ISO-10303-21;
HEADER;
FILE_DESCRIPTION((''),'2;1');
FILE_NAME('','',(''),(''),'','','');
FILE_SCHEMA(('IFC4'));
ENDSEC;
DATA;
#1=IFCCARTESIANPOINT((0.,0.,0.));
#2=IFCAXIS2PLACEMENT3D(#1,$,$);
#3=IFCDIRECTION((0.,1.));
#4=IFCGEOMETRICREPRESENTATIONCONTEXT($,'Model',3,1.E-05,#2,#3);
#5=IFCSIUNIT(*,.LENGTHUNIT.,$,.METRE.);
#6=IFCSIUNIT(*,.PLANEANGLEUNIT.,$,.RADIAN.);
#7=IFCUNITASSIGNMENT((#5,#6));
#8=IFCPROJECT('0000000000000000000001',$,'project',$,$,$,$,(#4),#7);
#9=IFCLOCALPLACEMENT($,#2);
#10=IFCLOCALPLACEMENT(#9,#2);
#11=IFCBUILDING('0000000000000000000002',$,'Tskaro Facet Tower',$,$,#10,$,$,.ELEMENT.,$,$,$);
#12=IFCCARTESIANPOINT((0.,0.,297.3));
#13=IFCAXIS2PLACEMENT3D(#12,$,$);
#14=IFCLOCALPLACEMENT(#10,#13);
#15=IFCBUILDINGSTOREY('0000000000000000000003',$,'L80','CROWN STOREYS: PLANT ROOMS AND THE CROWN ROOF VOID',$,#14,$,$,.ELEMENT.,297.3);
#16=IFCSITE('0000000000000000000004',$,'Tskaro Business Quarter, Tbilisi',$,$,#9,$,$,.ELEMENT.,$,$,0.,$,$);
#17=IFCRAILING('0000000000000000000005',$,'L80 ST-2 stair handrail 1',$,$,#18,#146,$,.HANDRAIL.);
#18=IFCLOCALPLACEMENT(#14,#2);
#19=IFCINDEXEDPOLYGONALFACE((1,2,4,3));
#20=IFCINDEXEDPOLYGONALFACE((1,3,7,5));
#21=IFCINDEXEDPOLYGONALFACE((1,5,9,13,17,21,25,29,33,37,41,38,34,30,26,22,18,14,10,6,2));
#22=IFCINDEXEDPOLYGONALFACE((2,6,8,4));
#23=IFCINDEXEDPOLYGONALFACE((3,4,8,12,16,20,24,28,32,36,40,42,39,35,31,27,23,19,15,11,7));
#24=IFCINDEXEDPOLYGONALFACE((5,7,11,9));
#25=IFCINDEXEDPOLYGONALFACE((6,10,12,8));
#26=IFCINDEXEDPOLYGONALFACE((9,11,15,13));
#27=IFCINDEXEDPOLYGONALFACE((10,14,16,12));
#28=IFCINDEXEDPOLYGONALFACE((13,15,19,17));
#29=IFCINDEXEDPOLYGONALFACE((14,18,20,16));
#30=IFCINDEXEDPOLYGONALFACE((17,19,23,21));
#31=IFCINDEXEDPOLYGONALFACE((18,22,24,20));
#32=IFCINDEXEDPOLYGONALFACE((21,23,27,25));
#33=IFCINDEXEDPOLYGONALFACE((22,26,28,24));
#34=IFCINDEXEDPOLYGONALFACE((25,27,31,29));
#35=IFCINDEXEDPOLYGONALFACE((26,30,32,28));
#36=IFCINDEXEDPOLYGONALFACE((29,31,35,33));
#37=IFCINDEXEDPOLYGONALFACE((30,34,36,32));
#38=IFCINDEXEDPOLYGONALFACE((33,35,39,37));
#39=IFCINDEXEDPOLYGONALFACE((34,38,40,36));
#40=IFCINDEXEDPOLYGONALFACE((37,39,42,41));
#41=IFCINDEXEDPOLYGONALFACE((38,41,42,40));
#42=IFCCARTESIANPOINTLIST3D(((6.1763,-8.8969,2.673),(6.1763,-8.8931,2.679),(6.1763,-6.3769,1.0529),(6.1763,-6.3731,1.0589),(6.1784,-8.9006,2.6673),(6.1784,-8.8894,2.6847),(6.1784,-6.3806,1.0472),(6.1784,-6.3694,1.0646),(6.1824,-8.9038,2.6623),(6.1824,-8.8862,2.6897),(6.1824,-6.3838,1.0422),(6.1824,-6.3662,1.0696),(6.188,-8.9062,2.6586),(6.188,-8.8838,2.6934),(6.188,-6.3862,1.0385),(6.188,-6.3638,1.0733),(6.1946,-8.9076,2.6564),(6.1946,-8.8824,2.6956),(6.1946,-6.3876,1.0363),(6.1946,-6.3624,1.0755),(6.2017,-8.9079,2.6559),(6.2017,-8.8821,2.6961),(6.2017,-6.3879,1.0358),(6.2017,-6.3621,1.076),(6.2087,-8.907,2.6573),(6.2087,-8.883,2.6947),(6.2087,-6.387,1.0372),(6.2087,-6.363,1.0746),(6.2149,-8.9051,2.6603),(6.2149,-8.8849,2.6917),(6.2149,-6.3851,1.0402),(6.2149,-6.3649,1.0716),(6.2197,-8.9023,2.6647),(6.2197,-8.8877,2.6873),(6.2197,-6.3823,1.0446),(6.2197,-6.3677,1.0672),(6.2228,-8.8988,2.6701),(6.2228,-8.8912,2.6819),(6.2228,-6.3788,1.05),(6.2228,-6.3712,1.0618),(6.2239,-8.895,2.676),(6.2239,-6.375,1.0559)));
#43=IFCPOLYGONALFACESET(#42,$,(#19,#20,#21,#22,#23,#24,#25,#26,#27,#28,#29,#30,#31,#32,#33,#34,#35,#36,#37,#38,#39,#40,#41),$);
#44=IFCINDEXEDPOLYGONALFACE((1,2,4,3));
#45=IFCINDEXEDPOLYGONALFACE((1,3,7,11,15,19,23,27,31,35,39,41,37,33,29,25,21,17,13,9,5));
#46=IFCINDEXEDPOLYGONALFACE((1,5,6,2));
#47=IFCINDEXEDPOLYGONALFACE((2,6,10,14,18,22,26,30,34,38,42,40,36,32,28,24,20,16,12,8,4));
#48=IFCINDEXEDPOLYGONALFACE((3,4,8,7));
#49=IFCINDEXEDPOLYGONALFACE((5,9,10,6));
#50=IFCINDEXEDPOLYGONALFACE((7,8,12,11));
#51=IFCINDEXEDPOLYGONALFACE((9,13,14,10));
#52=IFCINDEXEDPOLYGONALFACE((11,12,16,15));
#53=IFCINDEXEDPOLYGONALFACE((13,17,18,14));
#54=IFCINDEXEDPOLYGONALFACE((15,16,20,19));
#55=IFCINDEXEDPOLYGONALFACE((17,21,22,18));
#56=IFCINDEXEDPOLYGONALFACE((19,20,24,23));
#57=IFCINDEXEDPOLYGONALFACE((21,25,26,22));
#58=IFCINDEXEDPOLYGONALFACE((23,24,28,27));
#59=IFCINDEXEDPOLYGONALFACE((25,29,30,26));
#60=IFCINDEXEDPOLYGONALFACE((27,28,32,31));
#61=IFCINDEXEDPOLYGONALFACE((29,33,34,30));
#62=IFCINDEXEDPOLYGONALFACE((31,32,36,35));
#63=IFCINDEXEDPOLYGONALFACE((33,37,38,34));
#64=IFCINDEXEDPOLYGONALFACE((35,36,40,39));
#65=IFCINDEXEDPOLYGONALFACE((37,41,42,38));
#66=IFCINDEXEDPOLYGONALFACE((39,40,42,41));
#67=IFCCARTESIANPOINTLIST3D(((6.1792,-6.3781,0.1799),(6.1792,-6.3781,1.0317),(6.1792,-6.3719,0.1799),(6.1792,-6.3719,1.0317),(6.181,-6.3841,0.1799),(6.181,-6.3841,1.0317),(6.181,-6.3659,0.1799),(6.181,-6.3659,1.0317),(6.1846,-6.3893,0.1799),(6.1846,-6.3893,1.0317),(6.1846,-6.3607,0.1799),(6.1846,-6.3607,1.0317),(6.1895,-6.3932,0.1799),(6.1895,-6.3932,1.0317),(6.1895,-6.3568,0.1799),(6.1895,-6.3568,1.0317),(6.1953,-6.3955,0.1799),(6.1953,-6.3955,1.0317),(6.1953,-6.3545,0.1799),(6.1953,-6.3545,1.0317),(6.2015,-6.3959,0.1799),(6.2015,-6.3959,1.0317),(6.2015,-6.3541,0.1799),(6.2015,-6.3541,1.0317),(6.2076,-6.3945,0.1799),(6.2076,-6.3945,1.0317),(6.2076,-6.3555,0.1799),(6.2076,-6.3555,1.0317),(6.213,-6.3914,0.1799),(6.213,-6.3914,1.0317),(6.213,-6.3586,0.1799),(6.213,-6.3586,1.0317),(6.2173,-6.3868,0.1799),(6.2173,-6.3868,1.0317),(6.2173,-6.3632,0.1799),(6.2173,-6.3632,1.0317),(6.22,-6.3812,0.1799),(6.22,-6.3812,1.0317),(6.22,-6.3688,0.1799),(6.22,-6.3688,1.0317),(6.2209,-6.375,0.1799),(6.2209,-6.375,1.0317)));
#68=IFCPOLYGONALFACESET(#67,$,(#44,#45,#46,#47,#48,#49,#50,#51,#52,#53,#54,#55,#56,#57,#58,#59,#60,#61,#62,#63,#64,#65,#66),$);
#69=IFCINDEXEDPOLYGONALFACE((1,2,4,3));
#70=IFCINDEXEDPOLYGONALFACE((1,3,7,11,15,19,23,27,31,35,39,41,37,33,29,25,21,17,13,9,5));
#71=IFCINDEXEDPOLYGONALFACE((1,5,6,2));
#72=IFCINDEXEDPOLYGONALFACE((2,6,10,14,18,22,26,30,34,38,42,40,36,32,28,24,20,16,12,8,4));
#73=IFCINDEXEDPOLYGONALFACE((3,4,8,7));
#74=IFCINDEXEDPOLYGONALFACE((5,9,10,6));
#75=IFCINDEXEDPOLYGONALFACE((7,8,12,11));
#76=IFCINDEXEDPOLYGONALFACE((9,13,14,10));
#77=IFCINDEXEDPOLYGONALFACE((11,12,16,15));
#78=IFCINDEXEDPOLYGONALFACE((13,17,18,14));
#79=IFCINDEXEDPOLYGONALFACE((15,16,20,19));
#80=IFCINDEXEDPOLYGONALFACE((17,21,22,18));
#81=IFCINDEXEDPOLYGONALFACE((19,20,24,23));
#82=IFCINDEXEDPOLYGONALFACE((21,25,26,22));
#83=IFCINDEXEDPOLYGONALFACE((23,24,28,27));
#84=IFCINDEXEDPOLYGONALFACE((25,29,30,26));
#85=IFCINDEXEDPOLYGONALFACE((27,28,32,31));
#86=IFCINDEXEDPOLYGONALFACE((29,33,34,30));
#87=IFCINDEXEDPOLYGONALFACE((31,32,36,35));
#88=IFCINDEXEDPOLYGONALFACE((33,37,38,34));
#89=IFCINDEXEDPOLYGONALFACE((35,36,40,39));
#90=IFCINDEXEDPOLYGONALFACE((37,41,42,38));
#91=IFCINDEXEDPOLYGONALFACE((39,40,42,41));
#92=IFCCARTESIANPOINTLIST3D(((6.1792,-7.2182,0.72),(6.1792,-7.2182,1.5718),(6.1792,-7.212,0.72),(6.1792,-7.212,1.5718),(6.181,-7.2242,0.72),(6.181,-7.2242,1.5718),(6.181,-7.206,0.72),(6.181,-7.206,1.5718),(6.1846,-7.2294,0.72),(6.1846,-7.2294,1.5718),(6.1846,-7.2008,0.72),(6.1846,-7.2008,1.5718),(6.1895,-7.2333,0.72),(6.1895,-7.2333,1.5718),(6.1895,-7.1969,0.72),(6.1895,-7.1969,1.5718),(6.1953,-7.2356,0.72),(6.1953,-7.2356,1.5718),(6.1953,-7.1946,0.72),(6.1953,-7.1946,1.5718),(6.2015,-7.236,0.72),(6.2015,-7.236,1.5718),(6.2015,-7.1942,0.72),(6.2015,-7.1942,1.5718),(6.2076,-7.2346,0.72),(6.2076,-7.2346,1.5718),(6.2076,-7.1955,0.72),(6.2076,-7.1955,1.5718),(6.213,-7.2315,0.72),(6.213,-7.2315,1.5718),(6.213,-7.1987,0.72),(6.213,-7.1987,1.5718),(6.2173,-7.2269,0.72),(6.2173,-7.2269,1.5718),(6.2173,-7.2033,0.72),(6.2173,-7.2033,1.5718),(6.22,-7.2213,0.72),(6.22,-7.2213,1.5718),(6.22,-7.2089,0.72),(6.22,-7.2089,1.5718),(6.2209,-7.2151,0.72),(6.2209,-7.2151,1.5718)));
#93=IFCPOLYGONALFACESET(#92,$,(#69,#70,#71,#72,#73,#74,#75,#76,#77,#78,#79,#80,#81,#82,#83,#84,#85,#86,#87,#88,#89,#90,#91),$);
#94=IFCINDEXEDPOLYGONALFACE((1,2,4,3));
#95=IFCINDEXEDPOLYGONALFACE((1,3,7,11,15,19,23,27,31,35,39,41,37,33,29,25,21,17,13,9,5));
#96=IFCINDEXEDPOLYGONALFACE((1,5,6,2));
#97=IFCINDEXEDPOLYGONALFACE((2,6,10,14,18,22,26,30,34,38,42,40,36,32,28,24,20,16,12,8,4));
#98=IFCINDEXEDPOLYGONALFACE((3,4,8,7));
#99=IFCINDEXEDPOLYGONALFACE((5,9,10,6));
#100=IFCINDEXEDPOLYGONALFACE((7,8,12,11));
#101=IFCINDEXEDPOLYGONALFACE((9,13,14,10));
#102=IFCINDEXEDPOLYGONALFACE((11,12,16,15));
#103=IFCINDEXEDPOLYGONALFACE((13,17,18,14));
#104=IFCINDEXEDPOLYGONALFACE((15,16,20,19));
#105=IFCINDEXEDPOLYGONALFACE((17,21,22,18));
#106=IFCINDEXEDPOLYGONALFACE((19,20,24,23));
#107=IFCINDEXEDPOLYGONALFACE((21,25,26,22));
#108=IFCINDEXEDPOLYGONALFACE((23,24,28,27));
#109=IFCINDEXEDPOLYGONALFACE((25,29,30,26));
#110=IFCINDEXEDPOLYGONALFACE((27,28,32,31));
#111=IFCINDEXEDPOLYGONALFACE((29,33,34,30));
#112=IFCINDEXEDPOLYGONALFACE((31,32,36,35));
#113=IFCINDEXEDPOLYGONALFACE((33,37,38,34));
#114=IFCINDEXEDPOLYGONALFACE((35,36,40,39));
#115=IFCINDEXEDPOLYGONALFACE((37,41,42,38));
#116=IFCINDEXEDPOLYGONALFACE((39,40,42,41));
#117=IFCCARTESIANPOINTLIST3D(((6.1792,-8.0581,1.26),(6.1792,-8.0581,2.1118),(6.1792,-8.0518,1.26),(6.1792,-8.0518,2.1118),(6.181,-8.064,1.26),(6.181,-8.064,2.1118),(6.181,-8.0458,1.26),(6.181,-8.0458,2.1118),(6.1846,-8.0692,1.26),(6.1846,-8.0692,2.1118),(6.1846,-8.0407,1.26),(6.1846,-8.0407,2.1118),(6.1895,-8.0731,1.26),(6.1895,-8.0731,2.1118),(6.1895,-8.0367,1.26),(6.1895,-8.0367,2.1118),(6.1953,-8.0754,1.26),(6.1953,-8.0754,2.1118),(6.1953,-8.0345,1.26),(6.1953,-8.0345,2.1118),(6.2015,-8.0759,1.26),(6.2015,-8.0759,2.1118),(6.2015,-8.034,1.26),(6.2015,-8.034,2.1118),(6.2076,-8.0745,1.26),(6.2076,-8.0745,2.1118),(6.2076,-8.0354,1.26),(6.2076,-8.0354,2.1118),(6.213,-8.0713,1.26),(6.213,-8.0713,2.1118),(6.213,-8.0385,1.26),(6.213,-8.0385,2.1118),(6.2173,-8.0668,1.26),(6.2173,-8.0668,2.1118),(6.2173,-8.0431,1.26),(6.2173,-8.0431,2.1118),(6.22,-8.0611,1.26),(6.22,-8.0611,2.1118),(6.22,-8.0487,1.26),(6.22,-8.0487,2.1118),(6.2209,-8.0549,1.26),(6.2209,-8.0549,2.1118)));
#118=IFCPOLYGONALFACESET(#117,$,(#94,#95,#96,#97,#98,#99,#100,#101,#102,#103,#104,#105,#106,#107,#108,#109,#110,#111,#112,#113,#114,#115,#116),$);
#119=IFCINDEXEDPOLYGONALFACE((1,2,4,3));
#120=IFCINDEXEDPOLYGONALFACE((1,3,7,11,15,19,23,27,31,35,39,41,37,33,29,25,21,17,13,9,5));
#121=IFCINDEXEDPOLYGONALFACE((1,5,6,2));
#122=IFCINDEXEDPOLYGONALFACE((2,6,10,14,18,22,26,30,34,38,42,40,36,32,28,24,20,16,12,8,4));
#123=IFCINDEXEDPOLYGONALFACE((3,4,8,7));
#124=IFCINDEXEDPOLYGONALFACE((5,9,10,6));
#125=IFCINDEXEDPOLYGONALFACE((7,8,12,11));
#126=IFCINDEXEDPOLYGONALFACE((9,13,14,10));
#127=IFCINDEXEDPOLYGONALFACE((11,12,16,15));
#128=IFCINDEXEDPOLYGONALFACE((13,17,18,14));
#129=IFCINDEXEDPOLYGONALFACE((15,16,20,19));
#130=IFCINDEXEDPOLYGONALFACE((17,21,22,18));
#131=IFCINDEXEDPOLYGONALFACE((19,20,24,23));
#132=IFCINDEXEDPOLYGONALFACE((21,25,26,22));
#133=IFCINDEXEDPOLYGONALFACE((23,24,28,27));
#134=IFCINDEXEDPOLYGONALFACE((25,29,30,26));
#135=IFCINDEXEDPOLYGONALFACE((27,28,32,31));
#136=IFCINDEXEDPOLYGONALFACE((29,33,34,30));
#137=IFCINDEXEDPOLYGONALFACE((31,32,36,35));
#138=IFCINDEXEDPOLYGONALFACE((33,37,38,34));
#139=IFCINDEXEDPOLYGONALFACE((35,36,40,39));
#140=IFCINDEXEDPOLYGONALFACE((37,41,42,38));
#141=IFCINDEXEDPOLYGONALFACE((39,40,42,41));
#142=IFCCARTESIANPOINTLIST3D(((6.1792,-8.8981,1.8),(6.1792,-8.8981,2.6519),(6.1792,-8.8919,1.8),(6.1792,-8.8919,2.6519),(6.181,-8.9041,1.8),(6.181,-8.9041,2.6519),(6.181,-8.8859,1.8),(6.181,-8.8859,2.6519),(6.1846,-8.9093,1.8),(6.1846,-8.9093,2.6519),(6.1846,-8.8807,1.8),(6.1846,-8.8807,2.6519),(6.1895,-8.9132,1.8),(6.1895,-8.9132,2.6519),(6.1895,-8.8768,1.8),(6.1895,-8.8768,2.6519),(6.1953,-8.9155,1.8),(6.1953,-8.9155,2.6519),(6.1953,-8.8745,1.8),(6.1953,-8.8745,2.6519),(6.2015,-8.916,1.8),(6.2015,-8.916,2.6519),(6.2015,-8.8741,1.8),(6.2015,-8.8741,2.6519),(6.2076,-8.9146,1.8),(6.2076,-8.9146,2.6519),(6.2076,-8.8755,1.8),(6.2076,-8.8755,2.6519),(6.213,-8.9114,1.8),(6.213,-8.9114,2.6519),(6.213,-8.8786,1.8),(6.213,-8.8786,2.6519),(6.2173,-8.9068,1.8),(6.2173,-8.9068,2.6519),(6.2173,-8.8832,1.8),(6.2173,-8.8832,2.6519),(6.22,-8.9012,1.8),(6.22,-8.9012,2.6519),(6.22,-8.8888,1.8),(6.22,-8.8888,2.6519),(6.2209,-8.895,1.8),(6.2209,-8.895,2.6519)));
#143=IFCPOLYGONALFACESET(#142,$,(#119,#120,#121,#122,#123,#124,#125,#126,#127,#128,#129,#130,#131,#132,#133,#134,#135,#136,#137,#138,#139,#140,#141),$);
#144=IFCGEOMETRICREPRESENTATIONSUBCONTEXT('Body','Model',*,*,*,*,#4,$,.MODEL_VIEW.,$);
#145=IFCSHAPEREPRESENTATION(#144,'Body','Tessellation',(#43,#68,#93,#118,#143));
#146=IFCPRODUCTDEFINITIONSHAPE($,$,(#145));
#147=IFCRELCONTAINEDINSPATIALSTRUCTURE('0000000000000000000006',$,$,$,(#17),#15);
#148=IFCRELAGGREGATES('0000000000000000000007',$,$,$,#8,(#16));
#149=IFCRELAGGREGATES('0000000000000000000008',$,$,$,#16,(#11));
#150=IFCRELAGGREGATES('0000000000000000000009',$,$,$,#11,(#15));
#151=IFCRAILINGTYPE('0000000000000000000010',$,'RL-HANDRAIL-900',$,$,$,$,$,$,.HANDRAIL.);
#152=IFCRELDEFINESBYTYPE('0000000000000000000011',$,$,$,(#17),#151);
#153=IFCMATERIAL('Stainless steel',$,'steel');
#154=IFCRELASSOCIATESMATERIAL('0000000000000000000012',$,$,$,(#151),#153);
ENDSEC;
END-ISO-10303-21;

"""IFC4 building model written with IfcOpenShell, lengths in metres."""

from ifc_helpers import new_model, si_unit, direction, frame, origin, origin_2d, place, context, subcontext, project, spatial, circle, extrude, material, type_object, element, save


model = new_model("IFC4")

# Units and contexts
model_context = context("Model", 3, precision=1e-05, world=origin(), true_north=direction((0.0, 1.0)))
body_context = subcontext(model_context, "Body", "Model", "MODEL_VIEW")
ifc_project = project(units=[si_unit("LENGTHUNIT", "METRE"), si_unit("PLANEANGLEUNIT", "RADIAN")], contexts=[model_context])

# Site, building, storey
site_placement = place(None, origin())
site = spatial("IfcSite", under=ifc_project, at=site_placement, Name="Tskaro Business Quarter, Tbilisi", CompositionType="ELEMENT", RefElevation=0.0)
building_placement = place(site_placement, origin())
building = spatial("IfcBuilding", under=site, at=building_placement, Name="Tskaro Facet Tower", CompositionType="ELEMENT")
storey_placement = place(building_placement, frame((0.0, 0.0, 297.3)))
storey = spatial("IfcBuildingStorey", under=building, at=storey_placement, Name="L80", Description="CROWN STOREYS: PLANT ROOMS AND THE CROWN ROOF VOID", CompositionType="ELEMENT", Elevation=297.3)

# Railing
ifc_material_1 = material(Name="Stainless steel", Category="steel")
railing_type_1 = type_object("IfcRailingType", Name="RL-HANDRAIL-900", PredefinedType="HANDRAIL", material=ifc_material_1)
railing_1_placement = place(storey_placement, frame((6.2, -6.375, 0.1799)))
element("IfcRailing", 1, at=railing_1_placement, inside=storey, type_object=railing_type_1, Name="L80 ST-2 stair handrail 1", PredefinedType="HANDRAIL", context=body_context, shape_type="SweptSolid", body=[
    extrude(circle(Radius=0.0239, at=origin_2d()), frame((0.0, 0.0, 0.876), z_axis=(0.0, -0.841163, 0.540782), x_axis=(1.0, 0.0, 0.0)), (0.0, 0.0, 1.0), 2.9958),
    extrude(circle(Radius=0.021, at=origin_2d()), origin(), (0.0, 0.0, 1.0), 0.8518),
    extrude(circle(Radius=0.021, at=origin_2d()), frame((0.0, -0.8401, 0.54)), (0.0, 0.0, 1.0), 0.8518),
    extrude(circle(Radius=0.021, at=origin_2d()), frame((0.0, -1.6799, 1.0801)), (0.0, 0.0, 1.0), 0.8518),
    extrude(circle(Radius=0.021, at=origin_2d()), frame((0.0, -2.52, 1.6201)), (0.0, 0.0, 1.0), 0.8518),
])

save(model, "model.ifc")
